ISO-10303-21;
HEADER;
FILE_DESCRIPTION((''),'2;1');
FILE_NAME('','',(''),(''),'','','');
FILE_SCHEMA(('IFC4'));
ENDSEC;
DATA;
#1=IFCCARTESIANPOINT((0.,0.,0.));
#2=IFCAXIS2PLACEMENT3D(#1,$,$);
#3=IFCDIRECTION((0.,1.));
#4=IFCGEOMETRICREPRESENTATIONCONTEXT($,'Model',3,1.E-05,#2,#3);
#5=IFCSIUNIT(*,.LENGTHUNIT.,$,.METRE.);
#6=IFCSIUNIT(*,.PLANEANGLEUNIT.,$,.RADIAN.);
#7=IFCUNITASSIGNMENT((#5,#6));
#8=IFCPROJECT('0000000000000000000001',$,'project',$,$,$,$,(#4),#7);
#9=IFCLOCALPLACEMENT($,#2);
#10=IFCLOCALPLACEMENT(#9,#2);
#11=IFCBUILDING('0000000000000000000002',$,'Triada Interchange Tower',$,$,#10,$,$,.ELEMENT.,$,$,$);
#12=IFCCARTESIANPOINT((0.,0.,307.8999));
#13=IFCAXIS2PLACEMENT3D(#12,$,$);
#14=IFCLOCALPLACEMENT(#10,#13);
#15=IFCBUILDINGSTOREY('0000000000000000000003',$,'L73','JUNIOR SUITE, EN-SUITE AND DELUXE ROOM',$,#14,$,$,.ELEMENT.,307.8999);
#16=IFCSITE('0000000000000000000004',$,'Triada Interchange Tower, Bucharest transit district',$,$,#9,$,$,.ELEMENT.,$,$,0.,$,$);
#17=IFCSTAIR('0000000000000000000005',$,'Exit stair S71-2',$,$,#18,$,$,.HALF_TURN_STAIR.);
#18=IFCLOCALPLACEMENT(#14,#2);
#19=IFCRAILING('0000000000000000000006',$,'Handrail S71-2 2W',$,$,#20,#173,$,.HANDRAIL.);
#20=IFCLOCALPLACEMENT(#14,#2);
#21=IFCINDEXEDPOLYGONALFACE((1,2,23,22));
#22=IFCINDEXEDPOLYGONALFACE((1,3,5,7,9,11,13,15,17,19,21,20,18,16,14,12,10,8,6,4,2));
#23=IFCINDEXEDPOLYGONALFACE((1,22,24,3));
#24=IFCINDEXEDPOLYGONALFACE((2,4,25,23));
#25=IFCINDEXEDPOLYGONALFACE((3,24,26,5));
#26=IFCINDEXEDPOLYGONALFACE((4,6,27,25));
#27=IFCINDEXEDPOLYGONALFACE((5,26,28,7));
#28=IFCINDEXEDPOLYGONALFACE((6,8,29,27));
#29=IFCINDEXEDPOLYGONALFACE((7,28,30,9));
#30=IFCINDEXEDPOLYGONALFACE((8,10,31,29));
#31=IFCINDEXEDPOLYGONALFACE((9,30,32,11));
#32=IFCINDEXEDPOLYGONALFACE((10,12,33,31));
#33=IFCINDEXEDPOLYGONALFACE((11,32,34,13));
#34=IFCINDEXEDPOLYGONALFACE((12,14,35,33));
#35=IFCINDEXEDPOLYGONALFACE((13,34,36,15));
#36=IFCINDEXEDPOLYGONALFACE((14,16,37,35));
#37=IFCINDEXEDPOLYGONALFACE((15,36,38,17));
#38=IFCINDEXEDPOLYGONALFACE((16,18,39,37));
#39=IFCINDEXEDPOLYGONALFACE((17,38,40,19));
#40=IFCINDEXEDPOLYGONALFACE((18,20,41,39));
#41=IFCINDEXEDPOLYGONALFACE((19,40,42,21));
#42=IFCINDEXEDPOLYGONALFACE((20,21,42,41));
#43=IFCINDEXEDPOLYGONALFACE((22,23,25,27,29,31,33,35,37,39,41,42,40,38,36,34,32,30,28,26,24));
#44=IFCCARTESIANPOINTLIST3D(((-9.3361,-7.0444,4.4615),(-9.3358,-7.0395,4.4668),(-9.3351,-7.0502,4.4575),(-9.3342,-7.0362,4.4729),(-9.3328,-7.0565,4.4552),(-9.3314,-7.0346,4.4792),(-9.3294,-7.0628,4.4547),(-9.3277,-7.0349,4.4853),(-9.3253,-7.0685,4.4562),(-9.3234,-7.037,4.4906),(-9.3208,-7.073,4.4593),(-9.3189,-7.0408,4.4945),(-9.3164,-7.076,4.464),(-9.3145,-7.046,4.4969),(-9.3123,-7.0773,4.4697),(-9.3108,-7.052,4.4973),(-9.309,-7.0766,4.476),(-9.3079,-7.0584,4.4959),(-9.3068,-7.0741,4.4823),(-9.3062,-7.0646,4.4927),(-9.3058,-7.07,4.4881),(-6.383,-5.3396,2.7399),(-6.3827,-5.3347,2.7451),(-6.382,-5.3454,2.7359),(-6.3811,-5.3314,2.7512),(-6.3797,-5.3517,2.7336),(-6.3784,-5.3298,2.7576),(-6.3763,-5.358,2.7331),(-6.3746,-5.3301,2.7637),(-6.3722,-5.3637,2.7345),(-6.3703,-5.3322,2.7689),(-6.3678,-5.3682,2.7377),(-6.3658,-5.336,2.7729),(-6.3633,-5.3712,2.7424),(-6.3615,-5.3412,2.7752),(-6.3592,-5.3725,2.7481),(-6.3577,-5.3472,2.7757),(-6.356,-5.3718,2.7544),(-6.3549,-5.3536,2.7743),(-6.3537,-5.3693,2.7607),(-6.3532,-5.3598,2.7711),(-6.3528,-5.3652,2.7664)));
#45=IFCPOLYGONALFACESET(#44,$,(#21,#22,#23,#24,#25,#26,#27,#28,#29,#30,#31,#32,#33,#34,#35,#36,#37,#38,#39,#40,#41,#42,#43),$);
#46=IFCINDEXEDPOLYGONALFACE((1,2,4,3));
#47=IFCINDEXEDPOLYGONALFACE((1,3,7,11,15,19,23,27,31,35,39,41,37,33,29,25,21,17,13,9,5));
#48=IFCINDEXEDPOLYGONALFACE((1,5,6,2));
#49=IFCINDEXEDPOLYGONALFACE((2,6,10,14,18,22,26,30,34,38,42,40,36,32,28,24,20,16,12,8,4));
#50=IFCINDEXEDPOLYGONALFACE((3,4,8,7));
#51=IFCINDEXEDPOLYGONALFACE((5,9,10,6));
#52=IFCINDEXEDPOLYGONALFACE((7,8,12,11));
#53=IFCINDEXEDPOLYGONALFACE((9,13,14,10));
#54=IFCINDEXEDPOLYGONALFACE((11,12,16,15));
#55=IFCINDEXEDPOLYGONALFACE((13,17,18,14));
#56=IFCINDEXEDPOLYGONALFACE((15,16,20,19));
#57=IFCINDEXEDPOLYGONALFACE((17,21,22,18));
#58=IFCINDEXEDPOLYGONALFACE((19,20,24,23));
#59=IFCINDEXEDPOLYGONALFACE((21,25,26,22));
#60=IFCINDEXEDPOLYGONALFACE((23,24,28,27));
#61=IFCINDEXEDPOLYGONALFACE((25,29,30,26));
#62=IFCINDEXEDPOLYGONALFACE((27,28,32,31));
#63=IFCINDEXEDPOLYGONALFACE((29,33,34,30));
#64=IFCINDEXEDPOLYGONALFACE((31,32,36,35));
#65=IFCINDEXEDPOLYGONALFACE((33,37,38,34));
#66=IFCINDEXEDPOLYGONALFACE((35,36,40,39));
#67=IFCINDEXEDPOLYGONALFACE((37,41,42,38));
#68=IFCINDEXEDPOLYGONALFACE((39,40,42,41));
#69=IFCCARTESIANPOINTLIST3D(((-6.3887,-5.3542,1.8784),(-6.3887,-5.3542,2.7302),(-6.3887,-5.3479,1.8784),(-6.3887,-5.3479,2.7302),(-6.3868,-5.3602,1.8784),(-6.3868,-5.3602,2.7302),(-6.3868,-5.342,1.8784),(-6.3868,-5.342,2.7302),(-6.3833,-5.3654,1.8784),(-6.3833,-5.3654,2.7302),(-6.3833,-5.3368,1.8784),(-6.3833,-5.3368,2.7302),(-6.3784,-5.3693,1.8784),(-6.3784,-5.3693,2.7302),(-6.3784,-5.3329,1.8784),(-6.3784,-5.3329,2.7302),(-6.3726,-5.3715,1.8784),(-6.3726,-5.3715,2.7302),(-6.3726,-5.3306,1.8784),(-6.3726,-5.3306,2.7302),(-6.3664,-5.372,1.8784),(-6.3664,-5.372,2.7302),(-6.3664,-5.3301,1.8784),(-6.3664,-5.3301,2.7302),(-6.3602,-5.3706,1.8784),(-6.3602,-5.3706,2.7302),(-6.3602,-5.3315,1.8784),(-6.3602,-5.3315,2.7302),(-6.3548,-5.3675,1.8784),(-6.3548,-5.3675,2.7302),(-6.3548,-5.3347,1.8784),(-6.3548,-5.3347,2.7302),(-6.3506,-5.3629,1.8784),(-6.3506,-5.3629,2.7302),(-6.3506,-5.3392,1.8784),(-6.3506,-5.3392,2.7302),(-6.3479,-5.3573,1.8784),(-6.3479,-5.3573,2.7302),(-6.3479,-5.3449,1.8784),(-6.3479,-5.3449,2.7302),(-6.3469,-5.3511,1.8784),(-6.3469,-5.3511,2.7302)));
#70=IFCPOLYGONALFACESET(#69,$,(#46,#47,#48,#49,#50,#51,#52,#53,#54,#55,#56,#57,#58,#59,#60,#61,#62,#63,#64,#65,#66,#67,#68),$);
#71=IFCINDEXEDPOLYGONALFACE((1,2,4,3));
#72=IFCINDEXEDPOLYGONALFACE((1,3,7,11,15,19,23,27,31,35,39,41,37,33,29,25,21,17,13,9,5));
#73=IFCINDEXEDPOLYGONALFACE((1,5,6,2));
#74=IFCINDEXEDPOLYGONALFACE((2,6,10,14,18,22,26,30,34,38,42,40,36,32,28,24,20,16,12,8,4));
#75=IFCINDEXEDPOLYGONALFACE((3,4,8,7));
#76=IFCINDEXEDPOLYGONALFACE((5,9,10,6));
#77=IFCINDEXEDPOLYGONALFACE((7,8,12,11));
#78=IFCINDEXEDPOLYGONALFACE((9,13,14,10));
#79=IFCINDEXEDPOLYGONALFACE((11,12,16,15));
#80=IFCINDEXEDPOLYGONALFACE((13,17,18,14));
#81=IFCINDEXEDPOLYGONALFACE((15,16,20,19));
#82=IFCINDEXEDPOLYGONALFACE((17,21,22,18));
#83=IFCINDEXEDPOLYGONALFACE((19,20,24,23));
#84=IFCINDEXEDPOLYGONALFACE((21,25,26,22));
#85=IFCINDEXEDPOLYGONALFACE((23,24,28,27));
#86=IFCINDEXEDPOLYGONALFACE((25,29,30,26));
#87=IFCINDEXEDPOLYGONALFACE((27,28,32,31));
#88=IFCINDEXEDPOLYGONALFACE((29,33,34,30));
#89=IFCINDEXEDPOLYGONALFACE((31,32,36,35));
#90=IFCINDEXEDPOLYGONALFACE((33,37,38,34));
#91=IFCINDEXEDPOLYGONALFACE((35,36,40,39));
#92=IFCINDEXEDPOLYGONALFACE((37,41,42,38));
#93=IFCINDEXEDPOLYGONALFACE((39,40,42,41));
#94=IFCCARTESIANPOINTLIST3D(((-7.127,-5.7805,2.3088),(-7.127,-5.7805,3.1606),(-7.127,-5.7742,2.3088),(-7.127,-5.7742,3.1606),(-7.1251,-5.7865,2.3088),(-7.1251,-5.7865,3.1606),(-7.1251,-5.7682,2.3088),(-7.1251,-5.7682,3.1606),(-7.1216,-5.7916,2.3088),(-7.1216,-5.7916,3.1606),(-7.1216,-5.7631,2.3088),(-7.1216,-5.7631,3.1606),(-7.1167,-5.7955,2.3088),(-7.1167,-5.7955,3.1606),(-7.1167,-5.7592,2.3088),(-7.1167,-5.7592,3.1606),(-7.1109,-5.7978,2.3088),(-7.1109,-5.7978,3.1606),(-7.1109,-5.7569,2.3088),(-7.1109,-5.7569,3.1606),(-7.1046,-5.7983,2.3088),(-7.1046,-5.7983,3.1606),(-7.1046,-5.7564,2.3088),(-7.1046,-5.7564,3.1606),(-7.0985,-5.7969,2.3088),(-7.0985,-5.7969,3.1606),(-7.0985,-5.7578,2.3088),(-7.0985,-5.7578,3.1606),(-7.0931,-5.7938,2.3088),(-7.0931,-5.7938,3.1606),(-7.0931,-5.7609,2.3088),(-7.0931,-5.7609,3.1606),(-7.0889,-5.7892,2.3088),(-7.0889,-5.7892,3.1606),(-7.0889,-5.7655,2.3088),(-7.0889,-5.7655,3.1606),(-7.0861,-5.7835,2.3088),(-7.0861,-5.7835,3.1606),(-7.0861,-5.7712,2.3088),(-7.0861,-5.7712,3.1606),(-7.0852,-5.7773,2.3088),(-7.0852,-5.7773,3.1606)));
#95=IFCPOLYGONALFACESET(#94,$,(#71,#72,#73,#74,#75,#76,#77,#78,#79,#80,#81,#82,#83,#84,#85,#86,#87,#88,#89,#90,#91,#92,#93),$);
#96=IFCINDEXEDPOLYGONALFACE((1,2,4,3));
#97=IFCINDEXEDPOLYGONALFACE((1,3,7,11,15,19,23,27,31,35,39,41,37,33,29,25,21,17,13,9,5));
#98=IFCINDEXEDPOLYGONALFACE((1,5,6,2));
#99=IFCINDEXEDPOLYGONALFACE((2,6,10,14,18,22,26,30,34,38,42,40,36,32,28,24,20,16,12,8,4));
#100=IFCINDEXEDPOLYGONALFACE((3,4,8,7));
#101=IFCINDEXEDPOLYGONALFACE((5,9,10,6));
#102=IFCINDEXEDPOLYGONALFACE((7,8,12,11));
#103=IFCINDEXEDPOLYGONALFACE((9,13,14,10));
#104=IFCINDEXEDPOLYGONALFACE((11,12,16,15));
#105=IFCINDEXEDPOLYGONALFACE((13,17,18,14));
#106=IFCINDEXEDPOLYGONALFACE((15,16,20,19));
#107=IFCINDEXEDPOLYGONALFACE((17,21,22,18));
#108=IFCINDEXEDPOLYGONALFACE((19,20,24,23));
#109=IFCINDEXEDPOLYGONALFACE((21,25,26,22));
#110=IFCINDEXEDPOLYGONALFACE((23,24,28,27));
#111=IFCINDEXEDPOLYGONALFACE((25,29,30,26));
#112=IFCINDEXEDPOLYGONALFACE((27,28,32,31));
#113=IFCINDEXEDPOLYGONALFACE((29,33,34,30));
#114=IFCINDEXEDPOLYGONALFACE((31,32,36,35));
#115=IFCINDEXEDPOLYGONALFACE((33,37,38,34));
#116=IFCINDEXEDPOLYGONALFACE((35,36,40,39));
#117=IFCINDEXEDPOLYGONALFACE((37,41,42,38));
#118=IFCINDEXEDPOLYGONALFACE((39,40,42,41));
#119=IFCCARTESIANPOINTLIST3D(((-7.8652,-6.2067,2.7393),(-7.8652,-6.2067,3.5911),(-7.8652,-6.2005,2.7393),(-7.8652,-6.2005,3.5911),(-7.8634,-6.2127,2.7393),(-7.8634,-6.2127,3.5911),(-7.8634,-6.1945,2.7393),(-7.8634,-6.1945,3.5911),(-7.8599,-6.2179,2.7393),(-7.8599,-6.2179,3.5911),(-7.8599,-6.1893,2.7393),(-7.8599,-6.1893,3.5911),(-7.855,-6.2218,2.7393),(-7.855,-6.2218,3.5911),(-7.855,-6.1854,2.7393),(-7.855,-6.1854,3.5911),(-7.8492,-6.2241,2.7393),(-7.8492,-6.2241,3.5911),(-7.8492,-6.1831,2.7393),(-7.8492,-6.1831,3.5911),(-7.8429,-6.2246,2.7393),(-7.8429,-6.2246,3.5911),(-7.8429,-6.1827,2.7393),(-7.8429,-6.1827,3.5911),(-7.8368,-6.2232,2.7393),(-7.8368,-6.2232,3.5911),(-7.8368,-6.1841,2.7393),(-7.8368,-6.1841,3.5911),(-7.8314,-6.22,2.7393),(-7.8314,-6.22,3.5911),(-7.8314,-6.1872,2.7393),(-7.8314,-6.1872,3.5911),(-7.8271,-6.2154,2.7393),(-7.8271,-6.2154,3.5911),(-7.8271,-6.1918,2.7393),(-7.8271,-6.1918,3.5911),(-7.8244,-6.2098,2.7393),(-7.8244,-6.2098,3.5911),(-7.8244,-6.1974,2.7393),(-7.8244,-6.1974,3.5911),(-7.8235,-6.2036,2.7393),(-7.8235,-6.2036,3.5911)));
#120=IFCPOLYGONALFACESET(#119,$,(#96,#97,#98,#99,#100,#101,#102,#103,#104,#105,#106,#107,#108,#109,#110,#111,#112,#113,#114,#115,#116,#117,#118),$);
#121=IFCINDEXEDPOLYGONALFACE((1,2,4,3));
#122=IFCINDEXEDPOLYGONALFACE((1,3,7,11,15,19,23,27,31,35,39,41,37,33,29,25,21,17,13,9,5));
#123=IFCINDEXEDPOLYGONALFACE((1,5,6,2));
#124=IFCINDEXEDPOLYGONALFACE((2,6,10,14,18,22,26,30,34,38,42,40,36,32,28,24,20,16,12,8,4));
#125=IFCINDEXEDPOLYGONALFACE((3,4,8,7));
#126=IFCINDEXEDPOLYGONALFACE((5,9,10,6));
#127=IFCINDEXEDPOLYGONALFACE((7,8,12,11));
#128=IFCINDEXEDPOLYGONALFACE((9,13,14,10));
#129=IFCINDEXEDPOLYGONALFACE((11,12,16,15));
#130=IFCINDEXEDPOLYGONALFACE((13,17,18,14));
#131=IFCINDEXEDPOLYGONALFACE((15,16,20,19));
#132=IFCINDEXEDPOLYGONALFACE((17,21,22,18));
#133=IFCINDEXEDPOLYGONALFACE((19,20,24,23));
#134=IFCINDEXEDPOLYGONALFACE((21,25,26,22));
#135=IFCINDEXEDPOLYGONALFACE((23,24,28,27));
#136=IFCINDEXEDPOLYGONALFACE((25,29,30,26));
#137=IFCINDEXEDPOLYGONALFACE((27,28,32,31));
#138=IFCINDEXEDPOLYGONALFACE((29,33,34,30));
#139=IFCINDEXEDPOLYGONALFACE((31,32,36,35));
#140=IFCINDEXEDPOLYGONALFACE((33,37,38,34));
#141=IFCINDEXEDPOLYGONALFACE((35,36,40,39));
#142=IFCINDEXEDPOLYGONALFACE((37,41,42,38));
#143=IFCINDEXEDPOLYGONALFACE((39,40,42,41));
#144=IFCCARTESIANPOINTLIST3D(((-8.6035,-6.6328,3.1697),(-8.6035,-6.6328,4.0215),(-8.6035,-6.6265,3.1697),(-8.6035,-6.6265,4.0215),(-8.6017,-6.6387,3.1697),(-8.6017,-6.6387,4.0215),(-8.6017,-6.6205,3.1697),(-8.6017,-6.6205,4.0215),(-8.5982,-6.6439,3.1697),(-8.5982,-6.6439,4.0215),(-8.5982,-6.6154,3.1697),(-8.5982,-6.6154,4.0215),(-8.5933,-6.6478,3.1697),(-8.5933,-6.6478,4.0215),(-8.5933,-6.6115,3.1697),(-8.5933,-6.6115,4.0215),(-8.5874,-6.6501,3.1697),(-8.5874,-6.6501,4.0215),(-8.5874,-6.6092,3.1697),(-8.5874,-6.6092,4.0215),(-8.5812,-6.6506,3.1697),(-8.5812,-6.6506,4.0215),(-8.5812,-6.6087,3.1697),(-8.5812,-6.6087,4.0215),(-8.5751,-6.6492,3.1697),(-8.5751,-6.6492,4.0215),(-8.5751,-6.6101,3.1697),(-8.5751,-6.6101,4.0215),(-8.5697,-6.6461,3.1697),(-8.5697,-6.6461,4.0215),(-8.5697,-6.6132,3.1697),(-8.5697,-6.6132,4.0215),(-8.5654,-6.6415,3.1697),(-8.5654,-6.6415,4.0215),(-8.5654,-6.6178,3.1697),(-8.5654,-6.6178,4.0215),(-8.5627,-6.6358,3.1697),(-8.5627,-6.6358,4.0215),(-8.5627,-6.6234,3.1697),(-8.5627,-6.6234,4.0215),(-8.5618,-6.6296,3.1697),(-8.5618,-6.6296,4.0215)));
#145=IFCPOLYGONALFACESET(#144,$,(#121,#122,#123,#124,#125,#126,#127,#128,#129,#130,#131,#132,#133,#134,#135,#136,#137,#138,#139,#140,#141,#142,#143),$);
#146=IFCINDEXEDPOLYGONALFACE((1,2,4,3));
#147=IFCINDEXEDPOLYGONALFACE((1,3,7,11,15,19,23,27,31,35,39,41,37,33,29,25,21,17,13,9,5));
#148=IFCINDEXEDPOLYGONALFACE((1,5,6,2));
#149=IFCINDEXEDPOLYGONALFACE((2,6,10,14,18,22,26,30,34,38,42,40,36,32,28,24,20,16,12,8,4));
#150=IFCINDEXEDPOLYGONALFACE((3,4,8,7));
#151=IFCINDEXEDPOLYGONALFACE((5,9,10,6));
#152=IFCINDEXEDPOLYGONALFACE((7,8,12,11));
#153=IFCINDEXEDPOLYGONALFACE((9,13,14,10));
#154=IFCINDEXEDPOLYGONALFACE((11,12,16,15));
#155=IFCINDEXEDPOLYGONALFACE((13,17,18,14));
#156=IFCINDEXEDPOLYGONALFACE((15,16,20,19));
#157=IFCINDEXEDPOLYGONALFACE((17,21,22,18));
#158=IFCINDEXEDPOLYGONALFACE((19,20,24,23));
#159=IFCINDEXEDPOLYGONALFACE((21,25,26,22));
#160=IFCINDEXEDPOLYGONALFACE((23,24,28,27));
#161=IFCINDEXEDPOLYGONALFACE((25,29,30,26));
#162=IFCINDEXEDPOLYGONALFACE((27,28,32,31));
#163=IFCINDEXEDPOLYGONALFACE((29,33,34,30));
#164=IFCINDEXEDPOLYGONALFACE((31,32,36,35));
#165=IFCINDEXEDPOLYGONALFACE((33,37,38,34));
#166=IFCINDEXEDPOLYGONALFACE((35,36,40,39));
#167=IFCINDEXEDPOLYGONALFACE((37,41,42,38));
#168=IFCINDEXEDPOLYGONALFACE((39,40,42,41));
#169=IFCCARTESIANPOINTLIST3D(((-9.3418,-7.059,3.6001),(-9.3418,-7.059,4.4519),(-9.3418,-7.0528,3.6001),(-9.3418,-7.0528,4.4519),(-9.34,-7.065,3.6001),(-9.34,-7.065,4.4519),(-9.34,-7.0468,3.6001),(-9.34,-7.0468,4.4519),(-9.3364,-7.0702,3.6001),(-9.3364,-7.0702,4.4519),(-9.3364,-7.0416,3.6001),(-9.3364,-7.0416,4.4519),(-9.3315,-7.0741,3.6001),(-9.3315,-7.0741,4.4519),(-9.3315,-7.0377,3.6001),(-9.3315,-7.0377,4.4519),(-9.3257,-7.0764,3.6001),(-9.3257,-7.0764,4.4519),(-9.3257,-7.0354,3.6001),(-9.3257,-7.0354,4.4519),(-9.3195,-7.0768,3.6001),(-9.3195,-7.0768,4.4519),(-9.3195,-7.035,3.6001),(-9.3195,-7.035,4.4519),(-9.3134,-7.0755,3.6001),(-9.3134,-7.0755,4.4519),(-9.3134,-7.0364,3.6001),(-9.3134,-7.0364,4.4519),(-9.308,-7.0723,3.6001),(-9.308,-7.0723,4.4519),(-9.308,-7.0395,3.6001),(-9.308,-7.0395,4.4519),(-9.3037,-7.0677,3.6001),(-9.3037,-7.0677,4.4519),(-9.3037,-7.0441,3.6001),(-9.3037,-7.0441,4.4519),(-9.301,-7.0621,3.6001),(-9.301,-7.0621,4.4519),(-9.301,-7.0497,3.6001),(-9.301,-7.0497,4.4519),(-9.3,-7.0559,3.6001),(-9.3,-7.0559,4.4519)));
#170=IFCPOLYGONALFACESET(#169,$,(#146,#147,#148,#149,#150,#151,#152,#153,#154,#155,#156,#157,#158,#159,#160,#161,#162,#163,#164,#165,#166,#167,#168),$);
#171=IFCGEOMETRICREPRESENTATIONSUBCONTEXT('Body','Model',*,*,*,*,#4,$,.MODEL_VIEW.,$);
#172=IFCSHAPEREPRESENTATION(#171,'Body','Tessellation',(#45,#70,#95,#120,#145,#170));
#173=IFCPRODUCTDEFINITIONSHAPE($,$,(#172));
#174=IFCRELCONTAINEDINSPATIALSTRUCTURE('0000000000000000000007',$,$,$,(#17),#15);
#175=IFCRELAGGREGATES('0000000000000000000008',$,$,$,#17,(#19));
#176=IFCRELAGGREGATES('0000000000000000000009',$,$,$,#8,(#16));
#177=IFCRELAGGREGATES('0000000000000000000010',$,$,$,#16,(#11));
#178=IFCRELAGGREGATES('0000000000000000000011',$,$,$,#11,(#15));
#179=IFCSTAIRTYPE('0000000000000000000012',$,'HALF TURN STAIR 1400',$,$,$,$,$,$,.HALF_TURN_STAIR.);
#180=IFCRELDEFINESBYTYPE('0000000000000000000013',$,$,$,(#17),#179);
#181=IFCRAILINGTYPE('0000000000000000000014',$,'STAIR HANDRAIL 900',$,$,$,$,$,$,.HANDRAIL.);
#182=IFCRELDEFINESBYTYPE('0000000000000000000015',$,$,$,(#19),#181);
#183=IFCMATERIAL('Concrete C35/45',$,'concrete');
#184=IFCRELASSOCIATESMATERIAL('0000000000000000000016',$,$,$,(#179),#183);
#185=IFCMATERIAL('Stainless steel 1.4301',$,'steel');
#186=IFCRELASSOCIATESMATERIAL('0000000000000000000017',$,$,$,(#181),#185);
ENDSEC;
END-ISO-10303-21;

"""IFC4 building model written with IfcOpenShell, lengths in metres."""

from ifc_helpers import new_model, si_unit, direction, frame, origin, origin_2d, place, context, subcontext, project, spatial, circle, extrude, material, type_object, element, aggregate, save


model = new_model("IFC4")

# Units and contexts
model_context = context("Model", 3, precision=1e-05, world=origin(), true_north=direction((0.0, 1.0)))
body_context = subcontext(model_context, "Body", "Model", "MODEL_VIEW")
ifc_project = project(units=[si_unit("LENGTHUNIT", "METRE"), si_unit("PLANEANGLEUNIT", "RADIAN")], contexts=[model_context])

# Site, building, storey
site_placement = place(None, origin())
site = spatial("IfcSite", under=ifc_project, at=site_placement, Name="Triada Interchange Tower, Bucharest transit district", CompositionType="ELEMENT", RefElevation=0.0)
building_placement = place(site_placement, origin())
building = spatial("IfcBuilding", under=site, at=building_placement, Name="Triada Interchange Tower", CompositionType="ELEMENT")
storey_placement = place(building_placement, frame((0.0, 0.0, 307.8999)))
storey = spatial("IfcBuildingStorey", under=building, at=storey_placement, Name="L73", Description="JUNIOR SUITE, EN-SUITE AND DELUXE ROOM", CompositionType="ELEMENT", Elevation=307.8999)

# Stair, railing
ifc_material_1 = material(Name="Concrete C35/45", Category="concrete")
stair_type = type_object("IfcStairType", Name="HALF TURN STAIR 1400", PredefinedType="HALF_TURN_STAIR", material=ifc_material_1)
stair_placement = place(storey_placement, origin())
stair = element("IfcStair", 1, at=stair_placement, inside=storey, type_object=stair_type, Name="Exit stair S71-2", PredefinedType="HALF_TURN_STAIR")
ifc_material_2 = material(Name="Stainless steel 1.4301", Category="steel")
railing_type = type_object("IfcRailingType", Name="STAIR HANDRAIL 900", PredefinedType="HANDRAIL", material=ifc_material_2)
railing_1_placement = place(storey_placement, frame((-6.3679, -5.3511, 1.8784)))
railing_1 = element("IfcRailing", 2, at=railing_1_placement, type_object=railing_type, Name="Handrail S71-2 2W", PredefinedType="HANDRAIL", context=body_context, shape_type="SweptSolid", body=[
    extrude(circle(Radius=0.0239, at=origin_2d()), frame((0.0, 0.0, 0.876), z_axis=(-0.773091, -0.446304, 0.450714), x_axis=(0.499966, -0.866045, 0.0)), (0.0, 0.0, 1.0), 3.8198),
    extrude(circle(Radius=0.021, at=origin_2d()), origin(), (0.0, 0.0, 1.0), 0.8518),
    extrude(circle(Radius=0.021, at=origin_2d()), frame((-0.7383, -0.4263, 0.4304)), (0.0, 0.0, 1.0), 0.8518),
    extrude(circle(Radius=0.021, at=origin_2d()), frame((-1.4766, -0.8525, 0.8608)), (0.0, 0.0, 1.0), 0.8518),
    extrude(circle(Radius=0.021, at=origin_2d()), frame((-2.2148, -1.2786, 1.2913)), (0.0, 0.0, 1.0), 0.8518),
    extrude(circle(Radius=0.021, at=origin_2d()), frame((-2.9531, -1.7048, 1.7217)), (0.0, 0.0, 1.0), 0.8518),
])
aggregate(stair, [railing_1])

save(model, "model.ifc")
